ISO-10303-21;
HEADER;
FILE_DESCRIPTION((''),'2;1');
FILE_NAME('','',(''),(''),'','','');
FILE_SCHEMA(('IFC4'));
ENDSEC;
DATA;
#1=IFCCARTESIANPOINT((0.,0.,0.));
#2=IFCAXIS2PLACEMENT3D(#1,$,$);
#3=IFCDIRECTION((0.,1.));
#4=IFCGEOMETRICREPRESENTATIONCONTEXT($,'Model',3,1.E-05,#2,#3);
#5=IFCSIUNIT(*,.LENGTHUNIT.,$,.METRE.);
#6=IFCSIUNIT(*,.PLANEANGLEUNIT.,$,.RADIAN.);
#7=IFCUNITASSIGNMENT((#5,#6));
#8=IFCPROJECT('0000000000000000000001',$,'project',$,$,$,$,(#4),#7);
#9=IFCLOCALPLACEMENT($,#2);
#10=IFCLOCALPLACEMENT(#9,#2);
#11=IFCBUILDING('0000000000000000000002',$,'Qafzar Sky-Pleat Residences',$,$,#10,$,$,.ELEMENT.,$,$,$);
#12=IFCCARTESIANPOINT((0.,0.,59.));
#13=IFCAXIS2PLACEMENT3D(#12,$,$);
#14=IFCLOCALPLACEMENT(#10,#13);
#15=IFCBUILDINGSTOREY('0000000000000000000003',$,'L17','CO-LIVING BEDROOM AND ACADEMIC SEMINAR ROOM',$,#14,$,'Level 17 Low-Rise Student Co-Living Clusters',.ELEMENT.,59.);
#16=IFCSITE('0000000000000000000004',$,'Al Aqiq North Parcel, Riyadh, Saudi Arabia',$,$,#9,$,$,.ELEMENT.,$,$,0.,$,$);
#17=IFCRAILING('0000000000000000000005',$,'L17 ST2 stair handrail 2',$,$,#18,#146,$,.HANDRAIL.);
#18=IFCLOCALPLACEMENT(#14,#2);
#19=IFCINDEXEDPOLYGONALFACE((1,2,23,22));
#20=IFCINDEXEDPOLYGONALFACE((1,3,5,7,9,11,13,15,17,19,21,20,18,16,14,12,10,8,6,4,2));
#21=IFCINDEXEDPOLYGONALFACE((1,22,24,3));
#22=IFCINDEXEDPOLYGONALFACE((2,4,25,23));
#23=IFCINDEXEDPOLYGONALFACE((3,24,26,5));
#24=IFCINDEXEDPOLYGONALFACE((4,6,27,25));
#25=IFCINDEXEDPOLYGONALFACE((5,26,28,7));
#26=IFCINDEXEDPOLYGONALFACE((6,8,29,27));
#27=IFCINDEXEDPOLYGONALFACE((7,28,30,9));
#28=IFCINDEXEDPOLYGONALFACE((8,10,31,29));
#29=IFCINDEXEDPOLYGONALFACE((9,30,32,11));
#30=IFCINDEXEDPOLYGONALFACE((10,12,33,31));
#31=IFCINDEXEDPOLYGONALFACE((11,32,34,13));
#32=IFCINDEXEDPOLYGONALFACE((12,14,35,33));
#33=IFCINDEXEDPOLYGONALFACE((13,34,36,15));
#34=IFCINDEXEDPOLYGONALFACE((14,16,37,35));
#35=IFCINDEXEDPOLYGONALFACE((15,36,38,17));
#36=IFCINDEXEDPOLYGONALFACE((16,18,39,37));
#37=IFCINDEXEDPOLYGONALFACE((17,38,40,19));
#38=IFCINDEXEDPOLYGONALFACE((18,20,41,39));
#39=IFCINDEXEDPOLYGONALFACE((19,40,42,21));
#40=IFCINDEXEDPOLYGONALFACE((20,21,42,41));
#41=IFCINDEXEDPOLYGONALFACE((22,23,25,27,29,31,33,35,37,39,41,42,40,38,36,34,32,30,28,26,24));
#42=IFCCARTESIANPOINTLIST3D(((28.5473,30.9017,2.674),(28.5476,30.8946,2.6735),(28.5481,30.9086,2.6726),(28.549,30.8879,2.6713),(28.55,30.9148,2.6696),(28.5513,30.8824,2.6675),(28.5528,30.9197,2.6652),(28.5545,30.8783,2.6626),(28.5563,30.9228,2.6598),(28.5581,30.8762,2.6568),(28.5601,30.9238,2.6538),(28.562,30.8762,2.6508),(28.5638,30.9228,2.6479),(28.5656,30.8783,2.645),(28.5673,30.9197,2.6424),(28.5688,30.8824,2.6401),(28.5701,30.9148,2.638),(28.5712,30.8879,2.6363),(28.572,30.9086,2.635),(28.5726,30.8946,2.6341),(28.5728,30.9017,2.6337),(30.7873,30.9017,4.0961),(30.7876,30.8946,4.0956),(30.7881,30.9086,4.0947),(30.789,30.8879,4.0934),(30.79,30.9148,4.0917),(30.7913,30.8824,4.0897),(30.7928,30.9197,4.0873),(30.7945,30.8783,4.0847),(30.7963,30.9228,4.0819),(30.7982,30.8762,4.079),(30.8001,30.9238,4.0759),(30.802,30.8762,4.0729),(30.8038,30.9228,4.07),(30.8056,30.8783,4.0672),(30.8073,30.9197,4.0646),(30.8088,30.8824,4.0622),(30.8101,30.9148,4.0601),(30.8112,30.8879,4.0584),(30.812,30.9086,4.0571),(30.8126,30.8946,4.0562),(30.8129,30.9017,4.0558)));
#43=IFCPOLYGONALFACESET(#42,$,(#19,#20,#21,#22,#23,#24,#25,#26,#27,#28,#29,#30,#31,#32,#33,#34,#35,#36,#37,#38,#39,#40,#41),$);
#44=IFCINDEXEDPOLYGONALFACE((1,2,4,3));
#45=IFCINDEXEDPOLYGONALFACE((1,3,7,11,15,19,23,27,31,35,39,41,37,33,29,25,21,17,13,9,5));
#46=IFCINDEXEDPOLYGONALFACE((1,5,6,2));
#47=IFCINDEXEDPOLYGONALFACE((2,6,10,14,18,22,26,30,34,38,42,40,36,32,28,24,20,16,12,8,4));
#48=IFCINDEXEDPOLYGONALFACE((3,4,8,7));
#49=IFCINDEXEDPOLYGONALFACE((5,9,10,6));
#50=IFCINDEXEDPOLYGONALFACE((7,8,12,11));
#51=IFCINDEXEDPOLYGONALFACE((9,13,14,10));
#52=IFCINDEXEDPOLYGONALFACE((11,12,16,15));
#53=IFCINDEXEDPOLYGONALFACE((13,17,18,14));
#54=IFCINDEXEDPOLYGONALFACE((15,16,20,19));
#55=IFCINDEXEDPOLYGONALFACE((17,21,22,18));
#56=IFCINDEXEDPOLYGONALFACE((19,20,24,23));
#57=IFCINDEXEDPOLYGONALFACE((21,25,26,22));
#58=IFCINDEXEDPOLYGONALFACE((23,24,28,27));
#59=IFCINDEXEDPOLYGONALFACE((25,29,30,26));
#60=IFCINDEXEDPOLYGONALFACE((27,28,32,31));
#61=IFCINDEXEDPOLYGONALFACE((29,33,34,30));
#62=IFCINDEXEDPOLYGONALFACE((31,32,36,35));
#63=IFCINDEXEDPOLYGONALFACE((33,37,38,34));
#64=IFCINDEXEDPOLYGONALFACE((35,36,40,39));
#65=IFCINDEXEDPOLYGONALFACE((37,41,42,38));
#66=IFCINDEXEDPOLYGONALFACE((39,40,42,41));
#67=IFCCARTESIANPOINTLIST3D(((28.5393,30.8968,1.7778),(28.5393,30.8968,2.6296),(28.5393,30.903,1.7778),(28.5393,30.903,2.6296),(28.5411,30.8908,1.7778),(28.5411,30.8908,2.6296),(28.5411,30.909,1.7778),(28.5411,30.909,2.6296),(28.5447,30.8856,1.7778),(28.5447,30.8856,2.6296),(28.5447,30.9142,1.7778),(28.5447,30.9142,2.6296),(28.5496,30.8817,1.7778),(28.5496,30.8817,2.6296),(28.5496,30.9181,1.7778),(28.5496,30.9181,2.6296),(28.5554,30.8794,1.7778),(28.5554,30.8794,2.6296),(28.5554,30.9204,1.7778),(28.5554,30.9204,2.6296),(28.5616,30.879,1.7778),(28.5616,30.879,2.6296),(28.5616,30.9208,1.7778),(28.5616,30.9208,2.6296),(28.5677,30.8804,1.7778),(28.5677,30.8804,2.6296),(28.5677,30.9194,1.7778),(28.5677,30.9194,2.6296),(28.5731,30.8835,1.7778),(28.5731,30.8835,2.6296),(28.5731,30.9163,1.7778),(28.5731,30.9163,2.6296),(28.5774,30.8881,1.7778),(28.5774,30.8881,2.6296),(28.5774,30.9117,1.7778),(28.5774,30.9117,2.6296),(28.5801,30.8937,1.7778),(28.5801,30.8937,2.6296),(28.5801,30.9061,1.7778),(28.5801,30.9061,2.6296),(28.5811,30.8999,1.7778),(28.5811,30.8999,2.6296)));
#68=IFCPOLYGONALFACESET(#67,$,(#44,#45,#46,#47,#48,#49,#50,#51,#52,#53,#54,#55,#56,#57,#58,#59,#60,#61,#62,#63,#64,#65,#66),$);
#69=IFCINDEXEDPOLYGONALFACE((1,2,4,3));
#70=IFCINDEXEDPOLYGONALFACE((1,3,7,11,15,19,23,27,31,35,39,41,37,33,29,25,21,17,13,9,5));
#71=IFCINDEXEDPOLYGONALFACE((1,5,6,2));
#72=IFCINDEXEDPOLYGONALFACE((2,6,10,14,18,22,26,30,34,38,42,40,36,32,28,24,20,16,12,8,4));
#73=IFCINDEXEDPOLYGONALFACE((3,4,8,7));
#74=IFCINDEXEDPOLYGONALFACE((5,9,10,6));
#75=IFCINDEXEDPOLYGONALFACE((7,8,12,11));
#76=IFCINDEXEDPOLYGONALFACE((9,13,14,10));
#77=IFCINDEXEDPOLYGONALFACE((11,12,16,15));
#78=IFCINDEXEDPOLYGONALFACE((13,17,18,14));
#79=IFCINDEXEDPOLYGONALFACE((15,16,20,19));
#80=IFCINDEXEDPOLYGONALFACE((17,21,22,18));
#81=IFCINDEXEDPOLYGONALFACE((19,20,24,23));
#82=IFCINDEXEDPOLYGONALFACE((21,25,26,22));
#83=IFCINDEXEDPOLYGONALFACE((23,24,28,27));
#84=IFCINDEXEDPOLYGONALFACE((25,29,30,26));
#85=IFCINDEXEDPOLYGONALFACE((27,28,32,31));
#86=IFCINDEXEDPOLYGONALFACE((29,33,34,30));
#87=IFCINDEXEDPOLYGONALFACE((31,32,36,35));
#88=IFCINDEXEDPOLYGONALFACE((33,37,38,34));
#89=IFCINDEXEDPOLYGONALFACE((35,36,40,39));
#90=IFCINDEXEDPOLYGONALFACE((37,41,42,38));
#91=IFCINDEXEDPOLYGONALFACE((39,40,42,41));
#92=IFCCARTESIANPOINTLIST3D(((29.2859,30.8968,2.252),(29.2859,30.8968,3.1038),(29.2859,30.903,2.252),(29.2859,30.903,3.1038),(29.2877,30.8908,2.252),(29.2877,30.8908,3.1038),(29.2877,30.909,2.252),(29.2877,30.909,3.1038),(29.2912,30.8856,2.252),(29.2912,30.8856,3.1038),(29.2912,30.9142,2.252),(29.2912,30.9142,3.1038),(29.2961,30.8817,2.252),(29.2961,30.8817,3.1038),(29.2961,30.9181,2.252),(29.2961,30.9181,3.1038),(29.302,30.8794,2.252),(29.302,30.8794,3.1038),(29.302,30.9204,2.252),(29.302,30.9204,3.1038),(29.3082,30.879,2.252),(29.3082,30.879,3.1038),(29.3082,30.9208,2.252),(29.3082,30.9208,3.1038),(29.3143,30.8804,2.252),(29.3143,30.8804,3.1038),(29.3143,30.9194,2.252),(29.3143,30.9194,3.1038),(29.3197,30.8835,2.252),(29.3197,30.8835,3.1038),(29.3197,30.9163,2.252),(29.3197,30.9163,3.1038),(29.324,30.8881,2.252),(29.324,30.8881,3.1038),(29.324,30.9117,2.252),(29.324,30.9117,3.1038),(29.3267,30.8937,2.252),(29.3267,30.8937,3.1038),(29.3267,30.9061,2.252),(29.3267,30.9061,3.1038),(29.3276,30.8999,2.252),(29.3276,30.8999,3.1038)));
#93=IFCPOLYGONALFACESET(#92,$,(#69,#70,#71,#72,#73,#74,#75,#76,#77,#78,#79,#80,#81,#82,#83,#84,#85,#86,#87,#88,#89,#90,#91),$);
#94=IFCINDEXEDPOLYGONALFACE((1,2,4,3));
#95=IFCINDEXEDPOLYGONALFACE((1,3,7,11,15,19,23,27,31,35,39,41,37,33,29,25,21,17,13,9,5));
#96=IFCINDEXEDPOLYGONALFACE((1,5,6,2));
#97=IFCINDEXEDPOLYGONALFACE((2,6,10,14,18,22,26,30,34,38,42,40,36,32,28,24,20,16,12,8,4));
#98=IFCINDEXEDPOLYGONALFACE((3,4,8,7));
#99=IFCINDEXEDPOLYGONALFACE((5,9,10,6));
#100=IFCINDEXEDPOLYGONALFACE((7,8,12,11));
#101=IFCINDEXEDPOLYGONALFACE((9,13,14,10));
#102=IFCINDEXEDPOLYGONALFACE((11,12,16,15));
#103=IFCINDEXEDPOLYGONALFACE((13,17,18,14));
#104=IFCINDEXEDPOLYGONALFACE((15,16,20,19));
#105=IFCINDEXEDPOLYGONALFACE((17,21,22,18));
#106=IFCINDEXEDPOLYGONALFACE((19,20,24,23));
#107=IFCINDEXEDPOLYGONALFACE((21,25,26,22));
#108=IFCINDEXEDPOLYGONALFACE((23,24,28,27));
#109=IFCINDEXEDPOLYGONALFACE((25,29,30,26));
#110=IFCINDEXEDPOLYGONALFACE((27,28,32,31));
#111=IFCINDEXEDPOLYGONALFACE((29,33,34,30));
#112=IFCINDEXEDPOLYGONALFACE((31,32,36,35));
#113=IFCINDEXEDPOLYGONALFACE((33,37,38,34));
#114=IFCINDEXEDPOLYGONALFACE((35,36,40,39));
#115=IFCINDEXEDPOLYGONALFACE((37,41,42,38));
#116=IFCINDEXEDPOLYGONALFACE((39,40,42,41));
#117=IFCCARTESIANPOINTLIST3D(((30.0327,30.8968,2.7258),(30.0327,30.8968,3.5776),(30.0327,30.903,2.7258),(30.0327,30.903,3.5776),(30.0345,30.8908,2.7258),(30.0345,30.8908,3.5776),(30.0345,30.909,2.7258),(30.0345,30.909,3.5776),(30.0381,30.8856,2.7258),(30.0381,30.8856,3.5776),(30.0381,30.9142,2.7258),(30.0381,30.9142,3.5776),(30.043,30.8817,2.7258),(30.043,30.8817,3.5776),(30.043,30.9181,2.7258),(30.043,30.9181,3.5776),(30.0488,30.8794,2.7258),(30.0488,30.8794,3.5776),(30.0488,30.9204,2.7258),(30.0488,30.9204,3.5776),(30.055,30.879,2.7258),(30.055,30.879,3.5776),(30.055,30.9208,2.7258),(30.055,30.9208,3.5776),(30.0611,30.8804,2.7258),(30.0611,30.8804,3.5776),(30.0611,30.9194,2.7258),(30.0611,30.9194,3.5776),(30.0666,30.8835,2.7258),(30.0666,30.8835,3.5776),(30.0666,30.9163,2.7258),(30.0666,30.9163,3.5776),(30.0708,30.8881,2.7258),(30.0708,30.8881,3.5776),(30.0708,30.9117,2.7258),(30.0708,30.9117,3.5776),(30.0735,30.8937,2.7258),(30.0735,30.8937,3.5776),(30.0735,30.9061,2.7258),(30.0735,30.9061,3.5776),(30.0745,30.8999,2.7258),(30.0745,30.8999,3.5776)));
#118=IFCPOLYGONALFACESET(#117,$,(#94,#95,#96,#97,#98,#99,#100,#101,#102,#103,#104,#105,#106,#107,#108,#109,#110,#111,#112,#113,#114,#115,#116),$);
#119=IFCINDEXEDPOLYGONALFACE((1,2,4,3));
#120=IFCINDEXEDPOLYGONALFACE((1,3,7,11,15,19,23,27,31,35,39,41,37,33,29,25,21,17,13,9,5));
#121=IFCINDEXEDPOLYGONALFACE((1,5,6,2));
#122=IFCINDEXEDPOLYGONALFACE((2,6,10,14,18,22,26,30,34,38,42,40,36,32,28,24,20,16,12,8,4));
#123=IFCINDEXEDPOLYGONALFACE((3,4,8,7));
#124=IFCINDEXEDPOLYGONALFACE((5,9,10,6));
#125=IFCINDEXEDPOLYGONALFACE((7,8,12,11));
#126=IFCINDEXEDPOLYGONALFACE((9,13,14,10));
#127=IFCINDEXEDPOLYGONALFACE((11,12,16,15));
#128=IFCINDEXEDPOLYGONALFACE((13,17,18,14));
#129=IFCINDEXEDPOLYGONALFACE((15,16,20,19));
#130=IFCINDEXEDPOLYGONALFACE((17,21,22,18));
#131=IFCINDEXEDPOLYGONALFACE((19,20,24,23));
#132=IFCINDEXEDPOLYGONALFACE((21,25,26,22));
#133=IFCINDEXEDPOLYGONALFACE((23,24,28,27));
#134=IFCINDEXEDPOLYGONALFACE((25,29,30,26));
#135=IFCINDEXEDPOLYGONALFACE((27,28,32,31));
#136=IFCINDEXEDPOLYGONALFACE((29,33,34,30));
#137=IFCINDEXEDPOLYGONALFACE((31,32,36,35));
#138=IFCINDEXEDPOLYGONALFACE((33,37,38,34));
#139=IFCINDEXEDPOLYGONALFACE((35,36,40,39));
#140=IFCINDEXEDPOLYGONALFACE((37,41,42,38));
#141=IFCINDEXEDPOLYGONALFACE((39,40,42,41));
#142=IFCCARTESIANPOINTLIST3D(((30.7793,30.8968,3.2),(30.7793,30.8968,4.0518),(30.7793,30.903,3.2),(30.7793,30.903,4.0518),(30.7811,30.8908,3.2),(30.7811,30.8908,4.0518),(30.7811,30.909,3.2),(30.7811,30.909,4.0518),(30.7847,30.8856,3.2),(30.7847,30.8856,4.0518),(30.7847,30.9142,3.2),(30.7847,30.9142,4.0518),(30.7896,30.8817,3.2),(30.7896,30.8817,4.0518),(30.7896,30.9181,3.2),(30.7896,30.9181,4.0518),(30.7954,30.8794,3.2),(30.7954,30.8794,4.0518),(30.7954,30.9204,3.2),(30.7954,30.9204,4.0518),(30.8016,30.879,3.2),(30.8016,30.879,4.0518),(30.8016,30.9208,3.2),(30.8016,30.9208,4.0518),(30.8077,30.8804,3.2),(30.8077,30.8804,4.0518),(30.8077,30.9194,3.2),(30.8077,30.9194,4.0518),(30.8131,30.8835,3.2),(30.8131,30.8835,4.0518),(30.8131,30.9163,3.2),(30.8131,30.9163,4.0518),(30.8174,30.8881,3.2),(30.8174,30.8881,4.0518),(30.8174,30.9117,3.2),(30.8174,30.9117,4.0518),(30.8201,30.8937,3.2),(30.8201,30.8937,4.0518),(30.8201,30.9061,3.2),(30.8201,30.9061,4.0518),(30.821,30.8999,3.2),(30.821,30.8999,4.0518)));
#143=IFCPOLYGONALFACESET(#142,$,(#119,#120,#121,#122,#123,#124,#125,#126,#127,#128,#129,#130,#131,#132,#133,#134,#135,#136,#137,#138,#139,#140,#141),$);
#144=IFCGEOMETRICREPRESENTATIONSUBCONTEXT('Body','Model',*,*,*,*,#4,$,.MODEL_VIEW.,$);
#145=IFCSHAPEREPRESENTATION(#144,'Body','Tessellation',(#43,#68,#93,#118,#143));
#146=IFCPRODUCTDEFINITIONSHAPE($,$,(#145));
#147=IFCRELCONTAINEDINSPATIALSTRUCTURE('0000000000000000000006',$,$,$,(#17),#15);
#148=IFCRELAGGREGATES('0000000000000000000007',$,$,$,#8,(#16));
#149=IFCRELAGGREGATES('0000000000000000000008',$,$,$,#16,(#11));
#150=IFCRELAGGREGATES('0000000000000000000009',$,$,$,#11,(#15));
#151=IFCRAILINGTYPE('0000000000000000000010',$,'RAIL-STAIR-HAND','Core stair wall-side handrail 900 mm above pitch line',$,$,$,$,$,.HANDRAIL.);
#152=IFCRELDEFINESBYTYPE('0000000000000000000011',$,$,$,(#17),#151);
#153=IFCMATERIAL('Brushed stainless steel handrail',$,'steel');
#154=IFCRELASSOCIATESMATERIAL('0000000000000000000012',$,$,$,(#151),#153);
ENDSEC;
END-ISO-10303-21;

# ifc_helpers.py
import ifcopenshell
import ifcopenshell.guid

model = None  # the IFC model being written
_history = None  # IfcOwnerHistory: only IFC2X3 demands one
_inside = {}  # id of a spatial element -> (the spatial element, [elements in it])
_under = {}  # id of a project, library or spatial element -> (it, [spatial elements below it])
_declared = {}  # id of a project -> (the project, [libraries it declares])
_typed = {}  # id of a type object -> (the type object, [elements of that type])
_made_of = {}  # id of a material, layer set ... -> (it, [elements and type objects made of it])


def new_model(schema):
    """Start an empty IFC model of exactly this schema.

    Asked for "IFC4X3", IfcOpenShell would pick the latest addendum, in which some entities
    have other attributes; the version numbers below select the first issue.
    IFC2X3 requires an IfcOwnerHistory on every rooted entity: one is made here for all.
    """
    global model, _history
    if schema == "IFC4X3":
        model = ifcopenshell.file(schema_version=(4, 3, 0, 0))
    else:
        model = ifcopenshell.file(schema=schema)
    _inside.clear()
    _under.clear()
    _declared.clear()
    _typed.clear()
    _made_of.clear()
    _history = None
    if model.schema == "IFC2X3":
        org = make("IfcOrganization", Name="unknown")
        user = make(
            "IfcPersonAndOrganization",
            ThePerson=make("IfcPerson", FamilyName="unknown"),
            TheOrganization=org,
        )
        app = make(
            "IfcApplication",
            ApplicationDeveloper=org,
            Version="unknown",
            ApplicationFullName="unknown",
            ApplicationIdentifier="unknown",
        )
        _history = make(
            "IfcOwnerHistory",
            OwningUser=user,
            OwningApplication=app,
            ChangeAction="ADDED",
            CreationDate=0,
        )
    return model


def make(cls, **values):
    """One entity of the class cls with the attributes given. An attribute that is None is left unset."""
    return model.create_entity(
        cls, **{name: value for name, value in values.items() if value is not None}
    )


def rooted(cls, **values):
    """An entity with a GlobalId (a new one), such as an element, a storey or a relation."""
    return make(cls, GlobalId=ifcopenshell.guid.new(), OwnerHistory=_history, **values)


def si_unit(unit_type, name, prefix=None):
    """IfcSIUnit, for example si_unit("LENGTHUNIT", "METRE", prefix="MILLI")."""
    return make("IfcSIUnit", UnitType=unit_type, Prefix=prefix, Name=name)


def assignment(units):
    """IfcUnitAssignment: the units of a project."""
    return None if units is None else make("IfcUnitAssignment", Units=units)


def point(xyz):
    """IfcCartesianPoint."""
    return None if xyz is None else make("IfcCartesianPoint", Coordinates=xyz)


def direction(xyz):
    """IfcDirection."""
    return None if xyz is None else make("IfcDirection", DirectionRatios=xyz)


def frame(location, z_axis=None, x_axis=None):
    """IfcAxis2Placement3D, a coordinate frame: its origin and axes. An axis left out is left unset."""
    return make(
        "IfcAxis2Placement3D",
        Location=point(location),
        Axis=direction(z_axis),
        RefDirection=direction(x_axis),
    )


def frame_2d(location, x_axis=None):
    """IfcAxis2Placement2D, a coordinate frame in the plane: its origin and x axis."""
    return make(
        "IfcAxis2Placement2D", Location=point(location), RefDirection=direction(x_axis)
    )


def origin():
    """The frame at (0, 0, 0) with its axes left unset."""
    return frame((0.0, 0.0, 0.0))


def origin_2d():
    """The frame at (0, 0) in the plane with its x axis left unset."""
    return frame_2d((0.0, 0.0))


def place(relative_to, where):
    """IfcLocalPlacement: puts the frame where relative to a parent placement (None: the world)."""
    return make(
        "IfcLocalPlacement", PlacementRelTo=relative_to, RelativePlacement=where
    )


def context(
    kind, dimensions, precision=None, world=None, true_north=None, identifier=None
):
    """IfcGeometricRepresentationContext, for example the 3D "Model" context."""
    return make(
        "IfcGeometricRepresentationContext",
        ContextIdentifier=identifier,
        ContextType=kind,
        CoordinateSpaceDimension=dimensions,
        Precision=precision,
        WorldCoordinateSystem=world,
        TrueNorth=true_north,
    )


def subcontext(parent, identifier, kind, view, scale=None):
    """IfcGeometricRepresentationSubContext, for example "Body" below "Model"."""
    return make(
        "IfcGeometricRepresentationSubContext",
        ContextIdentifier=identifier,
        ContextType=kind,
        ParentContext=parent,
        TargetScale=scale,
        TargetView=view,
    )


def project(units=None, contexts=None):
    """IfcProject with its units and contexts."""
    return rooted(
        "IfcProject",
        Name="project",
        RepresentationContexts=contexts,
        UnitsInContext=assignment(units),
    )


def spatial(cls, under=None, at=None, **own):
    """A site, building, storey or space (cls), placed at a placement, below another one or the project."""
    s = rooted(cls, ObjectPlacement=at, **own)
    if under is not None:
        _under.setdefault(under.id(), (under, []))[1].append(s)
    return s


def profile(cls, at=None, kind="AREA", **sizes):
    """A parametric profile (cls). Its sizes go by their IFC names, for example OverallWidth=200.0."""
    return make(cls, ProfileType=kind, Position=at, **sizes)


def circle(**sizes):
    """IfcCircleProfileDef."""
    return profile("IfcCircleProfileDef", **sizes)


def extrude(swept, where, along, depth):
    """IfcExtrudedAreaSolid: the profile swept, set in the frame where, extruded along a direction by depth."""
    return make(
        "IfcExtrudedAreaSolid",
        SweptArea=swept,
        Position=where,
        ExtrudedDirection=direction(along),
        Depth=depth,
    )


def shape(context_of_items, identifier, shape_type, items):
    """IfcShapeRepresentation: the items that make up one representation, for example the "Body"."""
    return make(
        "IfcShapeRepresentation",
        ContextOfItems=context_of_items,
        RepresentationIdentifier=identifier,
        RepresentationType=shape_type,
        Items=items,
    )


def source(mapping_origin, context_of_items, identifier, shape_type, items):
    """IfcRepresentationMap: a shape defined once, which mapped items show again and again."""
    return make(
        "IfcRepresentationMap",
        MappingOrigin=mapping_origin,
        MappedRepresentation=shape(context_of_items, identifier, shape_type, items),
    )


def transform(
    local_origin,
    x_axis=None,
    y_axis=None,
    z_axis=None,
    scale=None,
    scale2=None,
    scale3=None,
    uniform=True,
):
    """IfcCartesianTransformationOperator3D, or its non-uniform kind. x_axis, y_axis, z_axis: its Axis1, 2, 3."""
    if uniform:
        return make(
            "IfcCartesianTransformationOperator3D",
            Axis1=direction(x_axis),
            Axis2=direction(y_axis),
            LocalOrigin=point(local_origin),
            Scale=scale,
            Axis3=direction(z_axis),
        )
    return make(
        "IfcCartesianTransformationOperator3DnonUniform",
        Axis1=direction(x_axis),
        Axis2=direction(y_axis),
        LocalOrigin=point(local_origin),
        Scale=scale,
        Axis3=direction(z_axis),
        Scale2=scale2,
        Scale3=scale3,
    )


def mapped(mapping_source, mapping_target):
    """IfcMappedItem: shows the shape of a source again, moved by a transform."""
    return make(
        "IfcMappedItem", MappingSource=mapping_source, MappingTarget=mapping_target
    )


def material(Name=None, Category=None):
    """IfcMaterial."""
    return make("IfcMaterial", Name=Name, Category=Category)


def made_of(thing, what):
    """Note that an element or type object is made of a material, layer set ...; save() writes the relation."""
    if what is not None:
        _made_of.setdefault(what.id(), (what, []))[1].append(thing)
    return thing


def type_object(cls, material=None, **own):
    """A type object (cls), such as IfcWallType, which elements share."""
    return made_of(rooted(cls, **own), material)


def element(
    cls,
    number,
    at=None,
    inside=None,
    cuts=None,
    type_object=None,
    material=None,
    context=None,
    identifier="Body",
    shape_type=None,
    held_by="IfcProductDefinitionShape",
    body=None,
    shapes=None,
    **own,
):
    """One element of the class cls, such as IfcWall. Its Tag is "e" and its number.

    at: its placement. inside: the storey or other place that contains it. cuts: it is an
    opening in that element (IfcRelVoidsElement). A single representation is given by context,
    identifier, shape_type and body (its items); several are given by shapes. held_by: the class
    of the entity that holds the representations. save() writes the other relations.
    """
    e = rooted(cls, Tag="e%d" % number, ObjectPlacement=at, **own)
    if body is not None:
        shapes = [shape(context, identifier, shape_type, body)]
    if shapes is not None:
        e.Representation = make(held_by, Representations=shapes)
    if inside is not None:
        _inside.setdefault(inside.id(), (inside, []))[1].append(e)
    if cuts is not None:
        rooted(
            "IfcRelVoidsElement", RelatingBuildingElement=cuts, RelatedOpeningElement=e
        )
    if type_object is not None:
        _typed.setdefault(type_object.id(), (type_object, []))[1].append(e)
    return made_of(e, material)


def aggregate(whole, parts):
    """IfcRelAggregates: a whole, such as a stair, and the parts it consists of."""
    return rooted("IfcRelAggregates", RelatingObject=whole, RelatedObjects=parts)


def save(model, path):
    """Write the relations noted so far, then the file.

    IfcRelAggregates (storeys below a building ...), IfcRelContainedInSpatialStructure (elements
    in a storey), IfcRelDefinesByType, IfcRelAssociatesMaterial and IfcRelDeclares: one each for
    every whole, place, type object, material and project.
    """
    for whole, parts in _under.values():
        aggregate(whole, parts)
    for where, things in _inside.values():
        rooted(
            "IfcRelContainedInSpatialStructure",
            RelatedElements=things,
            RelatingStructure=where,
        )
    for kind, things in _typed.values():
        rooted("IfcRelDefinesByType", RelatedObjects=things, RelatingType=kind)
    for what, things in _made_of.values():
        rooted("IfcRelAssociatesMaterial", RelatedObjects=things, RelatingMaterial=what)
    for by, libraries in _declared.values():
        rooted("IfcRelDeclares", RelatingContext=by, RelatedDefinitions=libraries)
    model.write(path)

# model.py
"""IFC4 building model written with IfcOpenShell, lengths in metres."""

from ifc_helpers import new_model, si_unit, direction, frame, origin, origin_2d, place, context, subcontext, project, spatial, circle, extrude, source, transform, mapped, material, type_object, element, save


model = new_model("IFC4")

# Units and contexts
model_context = context("Model", 3, precision=1e-05, world=origin(), true_north=direction((0.0, 1.0)))
body_context = subcontext(model_context, "Body", "Model", "MODEL_VIEW")
ifc_project = project(units=[si_unit("LENGTHUNIT", "METRE"), si_unit("PLANEANGLEUNIT", "RADIAN")], contexts=[model_context])

# Site, building, storey
site_placement = place(None, origin())
site = spatial("IfcSite", under=ifc_project, at=site_placement, Name="Al Aqiq North Parcel, Riyadh, Saudi Arabia", CompositionType="ELEMENT", RefElevation=0.0)
building_placement = place(site_placement, origin())
building = spatial("IfcBuilding", under=site, at=building_placement, Name="Qafzar Sky-Pleat Residences", CompositionType="ELEMENT")
storey_placement = place(building_placement, frame((0.0, 0.0, 59.0)))
storey = spatial("IfcBuildingStorey", under=building, at=storey_placement, Name="L17", Description="CO-LIVING BEDROOM AND ACADEMIC SEMINAR ROOM", LongName="Level 17 Low-Rise Student Co-Living Clusters", CompositionType="ELEMENT", Elevation=59.0)

# Railing
ifc_material_1 = material(Name="Brushed stainless steel handrail", Category="steel")
railing_type_1 = type_object("IfcRailingType", Name="RAIL-STAIR-HAND", Description="Core stair wall-side handrail 900 mm above pitch line", PredefinedType="HANDRAIL", material=ifc_material_1)
shared_shape_1 = source(origin(), body_context, "Body", "SweptSolid", [
    extrude(circle(Radius=0.0239, at=origin_2d()), frame((0.0, 0.0, 0.876), z_axis=(0.844229, 0.0, 0.535982), x_axis=(0.0, 1.0, 0.0)), (0.0, 0.0, 1.0), 2.6533),
    extrude(circle(Radius=0.021, at=origin_2d()), origin(), (0.0, 0.0, 1.0), 0.8518),
    extrude(circle(Radius=0.021, at=origin_2d()), frame((0.7466, 0.0, 0.4741)), (0.0, 0.0, 1.0), 0.8518),
    extrude(circle(Radius=0.021, at=origin_2d()), frame((1.4934, 0.0, 0.948)), (0.0, 0.0, 1.0), 0.8518),
    extrude(circle(Radius=0.021, at=origin_2d()), frame((2.24, 0.0, 1.4221)), (0.0, 0.0, 1.0), 0.8518),
])
railing_1_placement = place(storey_placement, frame((28.5601, 30.8999, 1.7778)))
element("IfcRailing", 1, at=railing_1_placement, inside=storey, type_object=railing_type_1, Name="L17 ST2 stair handrail 2", PredefinedType="HANDRAIL", context=body_context, shape_type="MappedRepresentation", body=[
    mapped(shared_shape_1, transform((0.0, 0.0, 0.0), x_axis=(1.0, 0.0, 0.0), y_axis=(0.0, 1.0, 0.0), z_axis=(0.0, 0.0, 1.0), scale=1.0)),
])

save(model, "model.ifc")
